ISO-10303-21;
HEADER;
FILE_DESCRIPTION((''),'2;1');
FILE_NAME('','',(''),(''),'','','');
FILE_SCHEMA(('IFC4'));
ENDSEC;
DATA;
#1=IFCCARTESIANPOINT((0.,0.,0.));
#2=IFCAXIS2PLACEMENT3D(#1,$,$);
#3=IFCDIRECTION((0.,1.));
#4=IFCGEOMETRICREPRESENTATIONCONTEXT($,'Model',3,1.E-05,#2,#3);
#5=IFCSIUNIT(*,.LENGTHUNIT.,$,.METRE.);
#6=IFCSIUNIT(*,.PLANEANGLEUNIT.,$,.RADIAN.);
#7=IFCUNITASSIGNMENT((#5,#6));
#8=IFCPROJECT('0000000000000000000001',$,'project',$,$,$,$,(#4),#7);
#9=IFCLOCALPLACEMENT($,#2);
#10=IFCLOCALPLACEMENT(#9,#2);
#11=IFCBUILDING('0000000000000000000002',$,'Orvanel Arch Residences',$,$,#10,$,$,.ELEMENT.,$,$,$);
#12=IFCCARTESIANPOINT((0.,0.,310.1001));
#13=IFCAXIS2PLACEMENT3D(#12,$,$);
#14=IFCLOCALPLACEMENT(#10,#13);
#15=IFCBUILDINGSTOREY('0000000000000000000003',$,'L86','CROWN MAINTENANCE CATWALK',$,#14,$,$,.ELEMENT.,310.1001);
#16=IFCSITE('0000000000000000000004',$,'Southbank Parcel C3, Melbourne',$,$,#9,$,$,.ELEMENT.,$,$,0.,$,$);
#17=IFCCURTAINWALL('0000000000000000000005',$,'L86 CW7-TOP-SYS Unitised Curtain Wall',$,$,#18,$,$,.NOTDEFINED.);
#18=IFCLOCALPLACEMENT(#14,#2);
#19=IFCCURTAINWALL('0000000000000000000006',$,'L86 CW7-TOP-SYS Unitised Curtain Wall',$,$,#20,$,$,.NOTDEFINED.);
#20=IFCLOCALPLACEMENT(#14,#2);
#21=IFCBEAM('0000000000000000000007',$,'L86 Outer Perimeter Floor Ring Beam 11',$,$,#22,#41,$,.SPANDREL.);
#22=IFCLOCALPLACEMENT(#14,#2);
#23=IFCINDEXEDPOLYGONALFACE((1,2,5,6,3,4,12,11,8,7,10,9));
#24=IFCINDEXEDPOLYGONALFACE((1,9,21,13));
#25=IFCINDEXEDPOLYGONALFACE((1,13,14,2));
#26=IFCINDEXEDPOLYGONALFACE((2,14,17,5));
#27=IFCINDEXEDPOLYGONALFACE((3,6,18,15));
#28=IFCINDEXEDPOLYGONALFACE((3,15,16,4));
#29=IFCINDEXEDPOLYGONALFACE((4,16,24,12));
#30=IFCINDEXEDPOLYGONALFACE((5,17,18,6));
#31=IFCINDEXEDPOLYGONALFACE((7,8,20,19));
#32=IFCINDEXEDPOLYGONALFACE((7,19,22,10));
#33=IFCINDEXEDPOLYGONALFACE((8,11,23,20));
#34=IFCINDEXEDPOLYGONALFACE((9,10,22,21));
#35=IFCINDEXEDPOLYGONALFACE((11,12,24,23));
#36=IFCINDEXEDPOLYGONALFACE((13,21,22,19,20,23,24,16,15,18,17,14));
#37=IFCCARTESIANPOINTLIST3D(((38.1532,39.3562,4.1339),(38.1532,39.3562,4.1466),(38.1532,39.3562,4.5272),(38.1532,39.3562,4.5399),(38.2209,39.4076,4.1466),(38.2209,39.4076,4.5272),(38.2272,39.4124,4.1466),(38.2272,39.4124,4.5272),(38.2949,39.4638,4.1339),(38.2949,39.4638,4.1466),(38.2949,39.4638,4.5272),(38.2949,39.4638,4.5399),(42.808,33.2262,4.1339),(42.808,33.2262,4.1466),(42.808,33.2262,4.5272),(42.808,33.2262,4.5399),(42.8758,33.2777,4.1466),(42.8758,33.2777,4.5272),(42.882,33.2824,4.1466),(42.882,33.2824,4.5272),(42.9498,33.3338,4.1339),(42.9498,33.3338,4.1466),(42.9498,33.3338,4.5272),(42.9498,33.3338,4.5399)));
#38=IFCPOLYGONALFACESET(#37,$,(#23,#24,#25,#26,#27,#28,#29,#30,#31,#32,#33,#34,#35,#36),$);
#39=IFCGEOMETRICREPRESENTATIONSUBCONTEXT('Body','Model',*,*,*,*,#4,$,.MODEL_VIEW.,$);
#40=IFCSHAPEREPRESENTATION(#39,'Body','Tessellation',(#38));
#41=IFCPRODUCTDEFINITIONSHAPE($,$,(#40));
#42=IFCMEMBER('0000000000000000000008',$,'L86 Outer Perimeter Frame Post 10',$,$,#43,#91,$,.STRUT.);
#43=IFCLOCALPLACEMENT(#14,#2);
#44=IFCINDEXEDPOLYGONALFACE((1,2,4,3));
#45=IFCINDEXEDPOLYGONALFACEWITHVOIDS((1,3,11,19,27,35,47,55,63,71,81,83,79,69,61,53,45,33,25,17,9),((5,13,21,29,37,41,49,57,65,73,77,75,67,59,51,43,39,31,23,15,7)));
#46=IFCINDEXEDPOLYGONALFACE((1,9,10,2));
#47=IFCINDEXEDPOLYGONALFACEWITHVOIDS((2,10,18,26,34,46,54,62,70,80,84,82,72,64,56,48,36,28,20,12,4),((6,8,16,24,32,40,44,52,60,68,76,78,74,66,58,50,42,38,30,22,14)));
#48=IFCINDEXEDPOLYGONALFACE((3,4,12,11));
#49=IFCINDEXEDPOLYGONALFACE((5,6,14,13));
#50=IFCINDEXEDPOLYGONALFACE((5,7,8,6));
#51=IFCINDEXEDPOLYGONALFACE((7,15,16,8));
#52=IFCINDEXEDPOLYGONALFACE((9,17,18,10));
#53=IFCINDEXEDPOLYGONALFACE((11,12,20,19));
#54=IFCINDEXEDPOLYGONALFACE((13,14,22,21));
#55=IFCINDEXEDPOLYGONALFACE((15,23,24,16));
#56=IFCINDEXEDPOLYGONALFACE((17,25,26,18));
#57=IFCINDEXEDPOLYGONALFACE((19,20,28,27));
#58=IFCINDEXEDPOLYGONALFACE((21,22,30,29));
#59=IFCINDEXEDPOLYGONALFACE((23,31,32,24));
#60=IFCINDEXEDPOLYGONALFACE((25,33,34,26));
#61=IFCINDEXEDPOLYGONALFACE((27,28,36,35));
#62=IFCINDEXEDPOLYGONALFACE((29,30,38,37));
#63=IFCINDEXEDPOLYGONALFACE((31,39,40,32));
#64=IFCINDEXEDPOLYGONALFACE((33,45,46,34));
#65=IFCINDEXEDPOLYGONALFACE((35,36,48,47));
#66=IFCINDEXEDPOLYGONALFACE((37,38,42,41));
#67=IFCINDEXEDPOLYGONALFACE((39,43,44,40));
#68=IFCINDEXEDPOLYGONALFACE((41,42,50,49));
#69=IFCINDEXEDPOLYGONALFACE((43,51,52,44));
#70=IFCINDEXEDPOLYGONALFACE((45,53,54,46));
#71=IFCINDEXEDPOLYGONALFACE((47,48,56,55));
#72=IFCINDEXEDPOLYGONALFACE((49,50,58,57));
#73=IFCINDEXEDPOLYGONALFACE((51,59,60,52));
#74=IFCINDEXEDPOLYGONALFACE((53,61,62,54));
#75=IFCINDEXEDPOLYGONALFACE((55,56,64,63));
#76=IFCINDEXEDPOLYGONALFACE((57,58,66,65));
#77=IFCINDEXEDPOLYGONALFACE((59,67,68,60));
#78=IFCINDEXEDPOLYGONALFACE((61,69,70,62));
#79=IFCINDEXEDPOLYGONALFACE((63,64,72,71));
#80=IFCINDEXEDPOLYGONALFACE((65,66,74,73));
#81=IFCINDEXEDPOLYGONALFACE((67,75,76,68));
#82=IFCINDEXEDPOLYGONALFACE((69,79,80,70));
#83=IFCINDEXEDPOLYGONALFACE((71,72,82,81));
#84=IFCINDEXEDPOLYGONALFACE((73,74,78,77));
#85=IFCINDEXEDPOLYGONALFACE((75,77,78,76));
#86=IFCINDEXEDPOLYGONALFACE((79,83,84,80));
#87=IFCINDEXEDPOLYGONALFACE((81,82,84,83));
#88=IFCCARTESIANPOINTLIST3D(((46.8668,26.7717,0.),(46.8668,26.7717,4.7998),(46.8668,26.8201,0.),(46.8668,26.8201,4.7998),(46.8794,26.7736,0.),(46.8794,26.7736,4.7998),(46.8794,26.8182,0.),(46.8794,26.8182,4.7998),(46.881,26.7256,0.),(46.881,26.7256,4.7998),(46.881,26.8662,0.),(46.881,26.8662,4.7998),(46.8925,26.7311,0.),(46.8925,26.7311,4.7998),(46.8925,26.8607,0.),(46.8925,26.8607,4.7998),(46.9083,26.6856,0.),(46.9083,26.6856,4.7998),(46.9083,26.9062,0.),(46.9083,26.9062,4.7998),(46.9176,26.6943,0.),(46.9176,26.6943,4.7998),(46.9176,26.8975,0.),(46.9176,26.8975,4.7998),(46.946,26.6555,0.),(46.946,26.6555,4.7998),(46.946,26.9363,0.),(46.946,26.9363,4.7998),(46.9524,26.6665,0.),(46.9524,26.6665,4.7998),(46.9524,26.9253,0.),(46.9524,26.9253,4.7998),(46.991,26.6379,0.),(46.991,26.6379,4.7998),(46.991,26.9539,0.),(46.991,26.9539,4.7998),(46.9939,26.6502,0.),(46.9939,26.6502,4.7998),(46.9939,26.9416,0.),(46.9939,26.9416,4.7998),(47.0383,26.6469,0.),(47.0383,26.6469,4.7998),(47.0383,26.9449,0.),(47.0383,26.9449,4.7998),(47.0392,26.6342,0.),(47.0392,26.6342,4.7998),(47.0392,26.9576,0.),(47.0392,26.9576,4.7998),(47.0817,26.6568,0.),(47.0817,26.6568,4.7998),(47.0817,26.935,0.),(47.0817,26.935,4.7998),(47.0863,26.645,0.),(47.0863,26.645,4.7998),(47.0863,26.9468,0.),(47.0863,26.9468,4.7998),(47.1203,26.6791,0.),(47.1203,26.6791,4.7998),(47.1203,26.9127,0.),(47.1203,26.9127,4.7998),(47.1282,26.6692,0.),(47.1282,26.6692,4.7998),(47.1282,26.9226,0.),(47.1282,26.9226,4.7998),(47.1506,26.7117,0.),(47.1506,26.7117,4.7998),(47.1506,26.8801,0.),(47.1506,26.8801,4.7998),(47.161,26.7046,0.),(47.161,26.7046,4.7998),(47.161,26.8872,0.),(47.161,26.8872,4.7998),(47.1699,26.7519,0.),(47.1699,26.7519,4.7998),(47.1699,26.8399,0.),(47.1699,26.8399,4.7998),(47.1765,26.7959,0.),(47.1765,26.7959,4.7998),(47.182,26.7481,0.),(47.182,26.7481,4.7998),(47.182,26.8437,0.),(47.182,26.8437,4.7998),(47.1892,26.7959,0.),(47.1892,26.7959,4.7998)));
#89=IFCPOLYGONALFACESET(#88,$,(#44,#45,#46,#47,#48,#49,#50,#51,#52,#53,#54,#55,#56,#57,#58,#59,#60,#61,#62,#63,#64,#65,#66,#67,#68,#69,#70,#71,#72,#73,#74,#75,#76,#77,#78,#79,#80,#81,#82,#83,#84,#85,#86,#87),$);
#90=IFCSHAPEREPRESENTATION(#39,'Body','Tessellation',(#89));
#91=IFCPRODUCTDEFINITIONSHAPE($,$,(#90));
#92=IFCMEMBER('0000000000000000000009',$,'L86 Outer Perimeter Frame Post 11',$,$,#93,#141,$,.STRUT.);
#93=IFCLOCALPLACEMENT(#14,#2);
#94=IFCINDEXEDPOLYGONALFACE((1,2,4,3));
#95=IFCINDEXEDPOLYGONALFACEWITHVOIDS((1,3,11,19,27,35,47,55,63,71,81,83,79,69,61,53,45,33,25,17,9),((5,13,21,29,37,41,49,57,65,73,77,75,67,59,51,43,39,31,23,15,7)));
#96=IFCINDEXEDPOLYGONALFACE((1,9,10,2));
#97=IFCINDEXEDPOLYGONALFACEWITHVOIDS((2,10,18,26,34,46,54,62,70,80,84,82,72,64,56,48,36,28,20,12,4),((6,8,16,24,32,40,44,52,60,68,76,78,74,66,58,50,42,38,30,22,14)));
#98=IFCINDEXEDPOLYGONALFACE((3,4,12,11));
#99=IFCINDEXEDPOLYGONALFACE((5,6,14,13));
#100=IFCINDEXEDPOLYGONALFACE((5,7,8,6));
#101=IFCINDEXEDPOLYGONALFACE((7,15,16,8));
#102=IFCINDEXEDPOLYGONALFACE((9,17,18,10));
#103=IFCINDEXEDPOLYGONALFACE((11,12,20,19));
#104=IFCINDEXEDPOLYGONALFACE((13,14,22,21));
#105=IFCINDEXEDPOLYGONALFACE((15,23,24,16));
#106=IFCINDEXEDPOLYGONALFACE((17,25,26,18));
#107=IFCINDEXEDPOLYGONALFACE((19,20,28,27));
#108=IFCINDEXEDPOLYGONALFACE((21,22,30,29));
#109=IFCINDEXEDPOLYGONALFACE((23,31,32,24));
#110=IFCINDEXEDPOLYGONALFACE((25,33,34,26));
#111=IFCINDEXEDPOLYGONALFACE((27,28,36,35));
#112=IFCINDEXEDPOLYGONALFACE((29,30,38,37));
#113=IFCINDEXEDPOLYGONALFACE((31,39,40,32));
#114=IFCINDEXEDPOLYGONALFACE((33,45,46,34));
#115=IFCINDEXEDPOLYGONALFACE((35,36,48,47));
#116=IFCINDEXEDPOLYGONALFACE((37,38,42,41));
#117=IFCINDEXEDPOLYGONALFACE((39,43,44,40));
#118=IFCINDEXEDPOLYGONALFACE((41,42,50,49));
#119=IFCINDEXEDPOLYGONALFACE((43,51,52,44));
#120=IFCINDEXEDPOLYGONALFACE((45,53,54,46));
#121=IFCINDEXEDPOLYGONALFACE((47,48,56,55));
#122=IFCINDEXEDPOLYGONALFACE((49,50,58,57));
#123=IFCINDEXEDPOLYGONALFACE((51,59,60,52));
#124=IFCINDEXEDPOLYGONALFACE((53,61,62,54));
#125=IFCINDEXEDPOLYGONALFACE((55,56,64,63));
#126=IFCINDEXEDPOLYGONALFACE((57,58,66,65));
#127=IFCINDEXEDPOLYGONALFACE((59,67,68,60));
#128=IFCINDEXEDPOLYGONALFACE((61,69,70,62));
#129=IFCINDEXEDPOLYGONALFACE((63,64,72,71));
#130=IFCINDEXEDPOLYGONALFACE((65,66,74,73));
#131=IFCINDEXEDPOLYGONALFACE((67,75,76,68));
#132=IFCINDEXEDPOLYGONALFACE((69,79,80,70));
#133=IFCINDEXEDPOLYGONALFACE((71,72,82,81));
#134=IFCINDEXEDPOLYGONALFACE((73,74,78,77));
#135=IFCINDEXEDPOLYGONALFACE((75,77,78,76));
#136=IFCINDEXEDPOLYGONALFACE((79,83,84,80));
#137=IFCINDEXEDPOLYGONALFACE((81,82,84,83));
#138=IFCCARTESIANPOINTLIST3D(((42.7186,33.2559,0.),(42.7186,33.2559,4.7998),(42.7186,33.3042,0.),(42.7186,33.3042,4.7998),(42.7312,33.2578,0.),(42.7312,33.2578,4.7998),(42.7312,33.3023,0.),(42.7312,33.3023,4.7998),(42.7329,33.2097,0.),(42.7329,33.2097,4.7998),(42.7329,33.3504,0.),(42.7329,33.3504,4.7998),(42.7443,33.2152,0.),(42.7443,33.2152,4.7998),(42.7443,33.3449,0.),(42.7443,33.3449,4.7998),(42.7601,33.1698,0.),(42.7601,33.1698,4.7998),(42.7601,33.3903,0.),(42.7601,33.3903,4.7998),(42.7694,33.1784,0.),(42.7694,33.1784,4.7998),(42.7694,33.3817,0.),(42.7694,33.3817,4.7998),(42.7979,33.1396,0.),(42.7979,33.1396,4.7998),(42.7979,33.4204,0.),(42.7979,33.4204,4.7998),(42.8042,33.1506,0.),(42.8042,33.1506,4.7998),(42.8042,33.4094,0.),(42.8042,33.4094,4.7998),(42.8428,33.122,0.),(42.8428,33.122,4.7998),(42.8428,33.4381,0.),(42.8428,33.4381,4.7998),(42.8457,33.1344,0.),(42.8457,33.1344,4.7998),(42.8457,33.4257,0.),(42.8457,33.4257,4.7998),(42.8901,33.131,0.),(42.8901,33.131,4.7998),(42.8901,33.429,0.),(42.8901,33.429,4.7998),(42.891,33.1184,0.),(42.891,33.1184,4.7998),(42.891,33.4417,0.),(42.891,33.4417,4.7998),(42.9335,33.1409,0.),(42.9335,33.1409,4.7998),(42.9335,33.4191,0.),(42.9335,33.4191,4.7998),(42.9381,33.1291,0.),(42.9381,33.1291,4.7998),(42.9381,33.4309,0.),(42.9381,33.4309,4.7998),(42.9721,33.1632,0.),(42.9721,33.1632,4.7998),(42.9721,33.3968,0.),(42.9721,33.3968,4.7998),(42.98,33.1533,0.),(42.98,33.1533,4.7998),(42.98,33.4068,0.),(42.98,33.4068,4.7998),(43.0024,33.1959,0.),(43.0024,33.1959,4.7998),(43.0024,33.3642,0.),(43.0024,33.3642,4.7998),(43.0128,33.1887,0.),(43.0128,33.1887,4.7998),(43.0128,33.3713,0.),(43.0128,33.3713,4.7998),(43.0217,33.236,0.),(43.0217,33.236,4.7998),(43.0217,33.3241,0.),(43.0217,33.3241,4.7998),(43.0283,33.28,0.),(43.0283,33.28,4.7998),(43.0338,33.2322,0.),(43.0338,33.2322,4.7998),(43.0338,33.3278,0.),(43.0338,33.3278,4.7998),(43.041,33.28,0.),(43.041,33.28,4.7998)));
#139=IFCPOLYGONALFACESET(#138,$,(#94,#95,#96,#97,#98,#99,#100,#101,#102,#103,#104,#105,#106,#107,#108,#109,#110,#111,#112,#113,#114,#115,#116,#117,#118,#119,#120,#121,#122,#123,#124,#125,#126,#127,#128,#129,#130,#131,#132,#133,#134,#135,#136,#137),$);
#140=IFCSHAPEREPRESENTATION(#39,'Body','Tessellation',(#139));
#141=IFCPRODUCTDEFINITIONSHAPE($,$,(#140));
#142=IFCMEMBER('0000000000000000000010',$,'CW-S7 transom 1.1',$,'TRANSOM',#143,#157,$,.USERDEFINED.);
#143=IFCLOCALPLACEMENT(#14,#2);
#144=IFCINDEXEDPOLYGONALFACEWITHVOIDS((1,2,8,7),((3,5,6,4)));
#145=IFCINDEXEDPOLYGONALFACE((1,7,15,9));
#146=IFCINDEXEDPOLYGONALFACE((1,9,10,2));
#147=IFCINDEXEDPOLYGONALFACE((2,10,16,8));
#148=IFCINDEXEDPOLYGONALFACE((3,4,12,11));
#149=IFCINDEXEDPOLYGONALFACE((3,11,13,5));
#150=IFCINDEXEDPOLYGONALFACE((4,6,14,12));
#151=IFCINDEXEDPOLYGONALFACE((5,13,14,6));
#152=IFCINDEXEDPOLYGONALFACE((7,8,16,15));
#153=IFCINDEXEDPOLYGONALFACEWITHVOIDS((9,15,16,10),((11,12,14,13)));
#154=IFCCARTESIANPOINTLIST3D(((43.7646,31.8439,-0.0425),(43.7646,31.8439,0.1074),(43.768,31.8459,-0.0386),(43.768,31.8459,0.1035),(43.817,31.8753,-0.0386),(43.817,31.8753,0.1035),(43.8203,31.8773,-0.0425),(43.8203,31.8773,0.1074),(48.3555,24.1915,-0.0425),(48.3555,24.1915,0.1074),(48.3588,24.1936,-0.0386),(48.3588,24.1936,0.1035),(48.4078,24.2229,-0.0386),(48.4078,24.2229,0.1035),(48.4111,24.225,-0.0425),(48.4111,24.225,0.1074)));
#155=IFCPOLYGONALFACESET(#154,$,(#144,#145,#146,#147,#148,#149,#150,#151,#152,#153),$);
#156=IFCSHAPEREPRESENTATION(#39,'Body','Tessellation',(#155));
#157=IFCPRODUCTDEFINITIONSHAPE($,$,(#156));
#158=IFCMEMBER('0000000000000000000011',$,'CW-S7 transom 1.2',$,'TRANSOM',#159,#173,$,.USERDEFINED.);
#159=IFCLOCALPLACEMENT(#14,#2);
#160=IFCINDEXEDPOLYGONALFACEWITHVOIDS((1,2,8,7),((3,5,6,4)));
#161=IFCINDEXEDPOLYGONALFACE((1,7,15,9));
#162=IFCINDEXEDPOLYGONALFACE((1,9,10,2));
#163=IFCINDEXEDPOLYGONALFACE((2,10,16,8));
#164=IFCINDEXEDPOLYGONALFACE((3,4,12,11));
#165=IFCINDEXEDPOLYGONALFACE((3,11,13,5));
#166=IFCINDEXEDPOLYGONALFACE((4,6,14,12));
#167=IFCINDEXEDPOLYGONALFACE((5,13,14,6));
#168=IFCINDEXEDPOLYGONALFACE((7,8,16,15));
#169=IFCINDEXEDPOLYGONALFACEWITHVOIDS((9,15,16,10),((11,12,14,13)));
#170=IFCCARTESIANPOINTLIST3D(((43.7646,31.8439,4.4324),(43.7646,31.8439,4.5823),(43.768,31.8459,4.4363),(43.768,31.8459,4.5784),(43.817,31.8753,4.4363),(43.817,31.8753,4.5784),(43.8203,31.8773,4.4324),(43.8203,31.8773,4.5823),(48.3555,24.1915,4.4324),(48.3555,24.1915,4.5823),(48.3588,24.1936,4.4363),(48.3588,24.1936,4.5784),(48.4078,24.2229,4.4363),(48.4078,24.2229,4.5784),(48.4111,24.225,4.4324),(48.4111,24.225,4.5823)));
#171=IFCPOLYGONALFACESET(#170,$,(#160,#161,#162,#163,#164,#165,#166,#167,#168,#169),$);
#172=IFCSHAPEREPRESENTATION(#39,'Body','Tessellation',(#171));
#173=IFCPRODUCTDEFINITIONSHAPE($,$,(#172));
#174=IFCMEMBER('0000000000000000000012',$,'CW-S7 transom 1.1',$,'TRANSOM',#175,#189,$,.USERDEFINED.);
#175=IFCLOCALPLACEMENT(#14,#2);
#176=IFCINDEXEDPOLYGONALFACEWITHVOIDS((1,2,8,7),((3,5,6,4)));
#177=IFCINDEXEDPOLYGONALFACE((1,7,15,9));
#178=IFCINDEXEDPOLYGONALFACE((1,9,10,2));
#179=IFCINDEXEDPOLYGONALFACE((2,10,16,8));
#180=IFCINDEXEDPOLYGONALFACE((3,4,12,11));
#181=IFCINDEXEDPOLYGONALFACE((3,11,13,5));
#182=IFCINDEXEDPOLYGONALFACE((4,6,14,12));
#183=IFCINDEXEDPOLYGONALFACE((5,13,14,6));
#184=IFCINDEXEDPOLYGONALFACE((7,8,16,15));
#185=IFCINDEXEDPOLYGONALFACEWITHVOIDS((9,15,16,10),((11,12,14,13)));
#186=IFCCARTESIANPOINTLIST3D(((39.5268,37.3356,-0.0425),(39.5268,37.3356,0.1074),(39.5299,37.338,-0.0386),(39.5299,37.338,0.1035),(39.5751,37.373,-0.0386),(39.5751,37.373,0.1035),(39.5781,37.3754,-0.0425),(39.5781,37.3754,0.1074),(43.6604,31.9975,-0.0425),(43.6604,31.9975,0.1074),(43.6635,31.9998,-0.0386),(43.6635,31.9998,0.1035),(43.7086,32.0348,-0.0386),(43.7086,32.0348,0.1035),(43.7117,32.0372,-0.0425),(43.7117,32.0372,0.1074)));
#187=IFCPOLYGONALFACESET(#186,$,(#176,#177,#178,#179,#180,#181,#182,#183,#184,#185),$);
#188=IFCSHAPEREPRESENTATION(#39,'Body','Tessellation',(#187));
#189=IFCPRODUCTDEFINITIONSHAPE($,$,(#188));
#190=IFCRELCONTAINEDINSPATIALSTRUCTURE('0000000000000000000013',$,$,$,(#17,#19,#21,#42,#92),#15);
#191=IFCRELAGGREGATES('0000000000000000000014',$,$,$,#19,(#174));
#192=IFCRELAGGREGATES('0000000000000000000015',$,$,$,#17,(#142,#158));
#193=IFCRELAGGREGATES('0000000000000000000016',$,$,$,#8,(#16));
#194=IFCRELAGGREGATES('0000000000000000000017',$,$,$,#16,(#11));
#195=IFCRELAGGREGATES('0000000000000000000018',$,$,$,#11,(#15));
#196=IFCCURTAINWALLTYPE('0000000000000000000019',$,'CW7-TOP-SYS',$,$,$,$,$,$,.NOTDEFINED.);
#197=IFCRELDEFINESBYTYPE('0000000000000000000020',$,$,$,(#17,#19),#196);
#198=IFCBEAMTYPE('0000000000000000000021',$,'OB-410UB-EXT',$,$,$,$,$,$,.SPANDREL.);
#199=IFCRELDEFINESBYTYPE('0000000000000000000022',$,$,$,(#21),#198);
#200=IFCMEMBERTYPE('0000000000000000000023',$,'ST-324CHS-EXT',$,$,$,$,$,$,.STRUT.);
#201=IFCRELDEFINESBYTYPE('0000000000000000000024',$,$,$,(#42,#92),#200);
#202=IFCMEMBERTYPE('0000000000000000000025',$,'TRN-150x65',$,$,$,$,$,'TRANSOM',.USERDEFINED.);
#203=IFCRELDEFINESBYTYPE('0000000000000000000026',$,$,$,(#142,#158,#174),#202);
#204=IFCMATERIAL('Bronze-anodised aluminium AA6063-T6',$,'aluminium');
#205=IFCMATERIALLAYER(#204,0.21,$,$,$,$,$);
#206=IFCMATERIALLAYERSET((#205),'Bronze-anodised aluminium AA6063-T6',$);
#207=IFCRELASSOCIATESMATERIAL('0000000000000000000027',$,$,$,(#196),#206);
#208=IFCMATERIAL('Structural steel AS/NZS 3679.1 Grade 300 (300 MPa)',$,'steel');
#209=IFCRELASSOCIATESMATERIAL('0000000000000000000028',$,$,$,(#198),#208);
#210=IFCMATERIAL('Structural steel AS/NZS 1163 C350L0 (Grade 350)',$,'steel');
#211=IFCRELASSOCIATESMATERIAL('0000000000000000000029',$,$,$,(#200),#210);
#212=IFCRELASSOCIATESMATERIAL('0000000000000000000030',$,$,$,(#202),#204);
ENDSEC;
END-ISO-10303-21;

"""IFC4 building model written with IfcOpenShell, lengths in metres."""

from ifc_helpers import new_model, si_unit, direction, frame, origin, origin_2d, place, context, subcontext, project, spatial, hollow_rectangle, hollow_circle, i_section, extrude, material, layer, layer_set, material_profile, profile_set, type_object, element, aggregate, save


model = new_model("IFC4")

# Units and contexts
model_context = context("Model", 3, precision=1e-05, world=origin(), true_north=direction((0.0, 1.0)))
body_context = subcontext(model_context, "Body", "Model", "MODEL_VIEW")
ifc_project = project(units=[si_unit("LENGTHUNIT", "METRE"), si_unit("PLANEANGLEUNIT", "RADIAN")], contexts=[model_context])

# Site, building, storey
site_placement = place(None, origin())
site = spatial("IfcSite", under=ifc_project, at=site_placement, Name="Southbank Parcel C3, Melbourne", CompositionType="ELEMENT", RefElevation=0.0)
building_placement = place(site_placement, origin())
building = spatial("IfcBuilding", under=site, at=building_placement, Name="Orvanel Arch Residences", CompositionType="ELEMENT")
storey_placement = place(building_placement, frame((0.0, 0.0, 310.1001)))
storey = spatial("IfcBuildingStorey", under=building, at=storey_placement, Name="L86", Description="CROWN MAINTENANCE CATWALK", CompositionType="ELEMENT", Elevation=310.1001)

# Shared definitions
ifc_material_1 = material(Name="Structural steel AS/NZS 1163 C350L0 (Grade 350)", Category="steel")

# Shared definitions
ifc_material_2 = material(Name="Structural steel AS/NZS 3679.1 Grade 300 (300 MPa)", Category="steel")

# Curtain wall
ifc_material_3 = material(Name="Bronze-anodised aluminium AA6063-T6", Category="aluminium")
ifc_layer_1 = layer(ifc_material_3, 0.21)
ifc_layer_set_1 = layer_set([ifc_layer_1], Name="Bronze-anodised aluminium AA6063-T6")
curtain_wall_type = type_object("IfcCurtainWallType", Name="CW7-TOP-SYS", PredefinedType="NOTDEFINED", material=ifc_layer_set_1)
curtain_wall_1_placement = place(storey_placement, origin())
curtain_wall_1 = element("IfcCurtainWall", 1, at=curtain_wall_1_placement, inside=storey, type_object=curtain_wall_type, Name="L86 CW7-TOP-SYS Unitised Curtain Wall", PredefinedType="NOTDEFINED")

# Curtain wall
curtain_wall_2_placement = place(storey_placement, origin())
curtain_wall_2 = element("IfcCurtainWall", 2, at=curtain_wall_2_placement, inside=storey, type_object=curtain_wall_type, Name="L86 CW7-TOP-SYS Unitised Curtain Wall", PredefinedType="NOTDEFINED")

# Beam
ifc_material_profile_1 = material_profile(ifc_material_2, i_section(OverallWidth=0.178, OverallDepth=0.406, WebThickness=0.0078, FlangeThickness=0.0127, at=origin_2d()), Name="410UB59.7")
ifc_profile_set_1 = profile_set([ifc_material_profile_1], Name="Structural steel AS/NZS 3679.1 Grade 300 (300 MPa)")
beam_type_1 = type_object("IfcBeamType", Name="OB-410UB-EXT", PredefinedType="SPANDREL", material=ifc_profile_set_1)
beam_1_placement = place(storey_placement, frame((42.8789, 33.28, 4.3369), z_axis=(-0.60476, 0.796408, 0.0), x_axis=(-0.796408, -0.60476, 0.0)))
element("IfcBeam", 3, at=beam_1_placement, inside=storey, type_object=beam_type_1, Name="L86 Outer Perimeter Floor Ring Beam 11", PredefinedType="SPANDREL", context=body_context, shape_type="SweptSolid", body=[
    extrude(i_section(OverallWidth=0.178, OverallDepth=0.406, WebThickness=0.0078, FlangeThickness=0.0127, at=origin_2d()), origin(), (0.0, 0.0, 1.0), 7.697),
])

# Members
ifc_material_profile_2 = material_profile(ifc_material_1, hollow_circle(Radius=0.1621, WallThickness=0.0127, at=origin_2d()), Name="CHS324x12.7")
ifc_profile_set_2 = profile_set([ifc_material_profile_2], Name="Structural steel AS/NZS 1163 C350L0 (Grade 350)")
member_type_1 = type_object("IfcMemberType", Name="ST-324CHS-EXT", PredefinedType="STRUT", material=ifc_profile_set_2)
for number, where, z_axis, x_axis, name in (
    (4, (47.0271, 26.7959, 0.0), (0.0, 0.0, 1.0), (1.0, 0.0, 0.0), "L86 Outer Perimeter Frame Post 10"),
    (5, (42.8789, 33.28, 0.0), (0.0, 0.0, 1.0), (1.0, 0.0, 0.0), "L86 Outer Perimeter Frame Post 11"),
):
    element("IfcMember", number, at=place(storey_placement, frame(where, z_axis=z_axis, x_axis=x_axis)), inside=storey, type_object=member_type_1, Name=name, PredefinedType="STRUT", context=body_context, shape_type="SweptSolid", body=[
        extrude(hollow_circle(Radius=0.1621, WallThickness=0.0127, at=origin_2d()), origin(), (0.0, 0.0, 1.0), 4.7998),
    ])

# Members
ifc_material_profile_3 = material_profile(ifc_material_3, hollow_rectangle(XDim=0.0649, YDim=0.1499, WallThickness=0.0039, at=origin_2d()), Name="ALU150x65x4")
ifc_profile_set_3 = profile_set([ifc_material_profile_3], Name="Bronze-anodised aluminium AA6063-T6")
member_type_2 = type_object("IfcMemberType", Name="TRN-150x65", ElementType="TRANSOM", PredefinedType="USERDEFINED", material=ifc_profile_set_3)
member_1_placement = place(storey_placement, frame((48.3833, 24.2083, 0.0325), z_axis=(-0.514447, 0.857522, 0.0), x_axis=(-0.857522, -0.514447, 0.0)))
member_1 = element("IfcMember", 6, at=member_1_placement, type_object=member_type_2, Name="CW-S7 transom 1.1", ObjectType="TRANSOM", PredefinedType="USERDEFINED", context=body_context, shape_type="SweptSolid", body=[
    extrude(hollow_rectangle(XDim=0.0649, YDim=0.1499, WallThickness=0.0039, at=origin_2d()), origin(), (0.0, 0.0, 1.0), 8.9238),
])
member_2_placement = place(storey_placement, frame((48.3833, 24.2083, 4.5073), z_axis=(-0.514447, 0.857522, 0.0), x_axis=(-0.857522, -0.514447, 0.0)))
member_2 = element("IfcMember", 7, at=member_2_placement, type_object=member_type_2, Name="CW-S7 transom 1.2", ObjectType="TRANSOM", PredefinedType="USERDEFINED", context=body_context, shape_type="SweptSolid", body=[
    extrude(hollow_rectangle(XDim=0.0649, YDim=0.1499, WallThickness=0.0039, at=origin_2d()), origin(), (0.0, 0.0, 1.0), 8.9238),
])
member_3_placement = place(storey_placement, frame((43.686, 32.0173, 0.0325), z_axis=(-0.612247, 0.790667, 0.0), x_axis=(-0.790667, -0.612247, 0.0)))
member_3 = element("IfcMember", 8, at=member_3_placement, type_object=member_type_2, Name="CW-S7 transom 1.1", ObjectType="TRANSOM", PredefinedType="USERDEFINED", context=body_context, shape_type="SweptSolid", body=[
    extrude(hollow_rectangle(XDim=0.0649, YDim=0.1499, WallThickness=0.0039, at=origin_2d()), origin(), (0.0, 0.0, 1.0), 6.7515),
])
aggregate(curtain_wall_2, [member_3])

aggregate(curtain_wall_1, [member_1, member_2])

save(model, "model.ifc")
